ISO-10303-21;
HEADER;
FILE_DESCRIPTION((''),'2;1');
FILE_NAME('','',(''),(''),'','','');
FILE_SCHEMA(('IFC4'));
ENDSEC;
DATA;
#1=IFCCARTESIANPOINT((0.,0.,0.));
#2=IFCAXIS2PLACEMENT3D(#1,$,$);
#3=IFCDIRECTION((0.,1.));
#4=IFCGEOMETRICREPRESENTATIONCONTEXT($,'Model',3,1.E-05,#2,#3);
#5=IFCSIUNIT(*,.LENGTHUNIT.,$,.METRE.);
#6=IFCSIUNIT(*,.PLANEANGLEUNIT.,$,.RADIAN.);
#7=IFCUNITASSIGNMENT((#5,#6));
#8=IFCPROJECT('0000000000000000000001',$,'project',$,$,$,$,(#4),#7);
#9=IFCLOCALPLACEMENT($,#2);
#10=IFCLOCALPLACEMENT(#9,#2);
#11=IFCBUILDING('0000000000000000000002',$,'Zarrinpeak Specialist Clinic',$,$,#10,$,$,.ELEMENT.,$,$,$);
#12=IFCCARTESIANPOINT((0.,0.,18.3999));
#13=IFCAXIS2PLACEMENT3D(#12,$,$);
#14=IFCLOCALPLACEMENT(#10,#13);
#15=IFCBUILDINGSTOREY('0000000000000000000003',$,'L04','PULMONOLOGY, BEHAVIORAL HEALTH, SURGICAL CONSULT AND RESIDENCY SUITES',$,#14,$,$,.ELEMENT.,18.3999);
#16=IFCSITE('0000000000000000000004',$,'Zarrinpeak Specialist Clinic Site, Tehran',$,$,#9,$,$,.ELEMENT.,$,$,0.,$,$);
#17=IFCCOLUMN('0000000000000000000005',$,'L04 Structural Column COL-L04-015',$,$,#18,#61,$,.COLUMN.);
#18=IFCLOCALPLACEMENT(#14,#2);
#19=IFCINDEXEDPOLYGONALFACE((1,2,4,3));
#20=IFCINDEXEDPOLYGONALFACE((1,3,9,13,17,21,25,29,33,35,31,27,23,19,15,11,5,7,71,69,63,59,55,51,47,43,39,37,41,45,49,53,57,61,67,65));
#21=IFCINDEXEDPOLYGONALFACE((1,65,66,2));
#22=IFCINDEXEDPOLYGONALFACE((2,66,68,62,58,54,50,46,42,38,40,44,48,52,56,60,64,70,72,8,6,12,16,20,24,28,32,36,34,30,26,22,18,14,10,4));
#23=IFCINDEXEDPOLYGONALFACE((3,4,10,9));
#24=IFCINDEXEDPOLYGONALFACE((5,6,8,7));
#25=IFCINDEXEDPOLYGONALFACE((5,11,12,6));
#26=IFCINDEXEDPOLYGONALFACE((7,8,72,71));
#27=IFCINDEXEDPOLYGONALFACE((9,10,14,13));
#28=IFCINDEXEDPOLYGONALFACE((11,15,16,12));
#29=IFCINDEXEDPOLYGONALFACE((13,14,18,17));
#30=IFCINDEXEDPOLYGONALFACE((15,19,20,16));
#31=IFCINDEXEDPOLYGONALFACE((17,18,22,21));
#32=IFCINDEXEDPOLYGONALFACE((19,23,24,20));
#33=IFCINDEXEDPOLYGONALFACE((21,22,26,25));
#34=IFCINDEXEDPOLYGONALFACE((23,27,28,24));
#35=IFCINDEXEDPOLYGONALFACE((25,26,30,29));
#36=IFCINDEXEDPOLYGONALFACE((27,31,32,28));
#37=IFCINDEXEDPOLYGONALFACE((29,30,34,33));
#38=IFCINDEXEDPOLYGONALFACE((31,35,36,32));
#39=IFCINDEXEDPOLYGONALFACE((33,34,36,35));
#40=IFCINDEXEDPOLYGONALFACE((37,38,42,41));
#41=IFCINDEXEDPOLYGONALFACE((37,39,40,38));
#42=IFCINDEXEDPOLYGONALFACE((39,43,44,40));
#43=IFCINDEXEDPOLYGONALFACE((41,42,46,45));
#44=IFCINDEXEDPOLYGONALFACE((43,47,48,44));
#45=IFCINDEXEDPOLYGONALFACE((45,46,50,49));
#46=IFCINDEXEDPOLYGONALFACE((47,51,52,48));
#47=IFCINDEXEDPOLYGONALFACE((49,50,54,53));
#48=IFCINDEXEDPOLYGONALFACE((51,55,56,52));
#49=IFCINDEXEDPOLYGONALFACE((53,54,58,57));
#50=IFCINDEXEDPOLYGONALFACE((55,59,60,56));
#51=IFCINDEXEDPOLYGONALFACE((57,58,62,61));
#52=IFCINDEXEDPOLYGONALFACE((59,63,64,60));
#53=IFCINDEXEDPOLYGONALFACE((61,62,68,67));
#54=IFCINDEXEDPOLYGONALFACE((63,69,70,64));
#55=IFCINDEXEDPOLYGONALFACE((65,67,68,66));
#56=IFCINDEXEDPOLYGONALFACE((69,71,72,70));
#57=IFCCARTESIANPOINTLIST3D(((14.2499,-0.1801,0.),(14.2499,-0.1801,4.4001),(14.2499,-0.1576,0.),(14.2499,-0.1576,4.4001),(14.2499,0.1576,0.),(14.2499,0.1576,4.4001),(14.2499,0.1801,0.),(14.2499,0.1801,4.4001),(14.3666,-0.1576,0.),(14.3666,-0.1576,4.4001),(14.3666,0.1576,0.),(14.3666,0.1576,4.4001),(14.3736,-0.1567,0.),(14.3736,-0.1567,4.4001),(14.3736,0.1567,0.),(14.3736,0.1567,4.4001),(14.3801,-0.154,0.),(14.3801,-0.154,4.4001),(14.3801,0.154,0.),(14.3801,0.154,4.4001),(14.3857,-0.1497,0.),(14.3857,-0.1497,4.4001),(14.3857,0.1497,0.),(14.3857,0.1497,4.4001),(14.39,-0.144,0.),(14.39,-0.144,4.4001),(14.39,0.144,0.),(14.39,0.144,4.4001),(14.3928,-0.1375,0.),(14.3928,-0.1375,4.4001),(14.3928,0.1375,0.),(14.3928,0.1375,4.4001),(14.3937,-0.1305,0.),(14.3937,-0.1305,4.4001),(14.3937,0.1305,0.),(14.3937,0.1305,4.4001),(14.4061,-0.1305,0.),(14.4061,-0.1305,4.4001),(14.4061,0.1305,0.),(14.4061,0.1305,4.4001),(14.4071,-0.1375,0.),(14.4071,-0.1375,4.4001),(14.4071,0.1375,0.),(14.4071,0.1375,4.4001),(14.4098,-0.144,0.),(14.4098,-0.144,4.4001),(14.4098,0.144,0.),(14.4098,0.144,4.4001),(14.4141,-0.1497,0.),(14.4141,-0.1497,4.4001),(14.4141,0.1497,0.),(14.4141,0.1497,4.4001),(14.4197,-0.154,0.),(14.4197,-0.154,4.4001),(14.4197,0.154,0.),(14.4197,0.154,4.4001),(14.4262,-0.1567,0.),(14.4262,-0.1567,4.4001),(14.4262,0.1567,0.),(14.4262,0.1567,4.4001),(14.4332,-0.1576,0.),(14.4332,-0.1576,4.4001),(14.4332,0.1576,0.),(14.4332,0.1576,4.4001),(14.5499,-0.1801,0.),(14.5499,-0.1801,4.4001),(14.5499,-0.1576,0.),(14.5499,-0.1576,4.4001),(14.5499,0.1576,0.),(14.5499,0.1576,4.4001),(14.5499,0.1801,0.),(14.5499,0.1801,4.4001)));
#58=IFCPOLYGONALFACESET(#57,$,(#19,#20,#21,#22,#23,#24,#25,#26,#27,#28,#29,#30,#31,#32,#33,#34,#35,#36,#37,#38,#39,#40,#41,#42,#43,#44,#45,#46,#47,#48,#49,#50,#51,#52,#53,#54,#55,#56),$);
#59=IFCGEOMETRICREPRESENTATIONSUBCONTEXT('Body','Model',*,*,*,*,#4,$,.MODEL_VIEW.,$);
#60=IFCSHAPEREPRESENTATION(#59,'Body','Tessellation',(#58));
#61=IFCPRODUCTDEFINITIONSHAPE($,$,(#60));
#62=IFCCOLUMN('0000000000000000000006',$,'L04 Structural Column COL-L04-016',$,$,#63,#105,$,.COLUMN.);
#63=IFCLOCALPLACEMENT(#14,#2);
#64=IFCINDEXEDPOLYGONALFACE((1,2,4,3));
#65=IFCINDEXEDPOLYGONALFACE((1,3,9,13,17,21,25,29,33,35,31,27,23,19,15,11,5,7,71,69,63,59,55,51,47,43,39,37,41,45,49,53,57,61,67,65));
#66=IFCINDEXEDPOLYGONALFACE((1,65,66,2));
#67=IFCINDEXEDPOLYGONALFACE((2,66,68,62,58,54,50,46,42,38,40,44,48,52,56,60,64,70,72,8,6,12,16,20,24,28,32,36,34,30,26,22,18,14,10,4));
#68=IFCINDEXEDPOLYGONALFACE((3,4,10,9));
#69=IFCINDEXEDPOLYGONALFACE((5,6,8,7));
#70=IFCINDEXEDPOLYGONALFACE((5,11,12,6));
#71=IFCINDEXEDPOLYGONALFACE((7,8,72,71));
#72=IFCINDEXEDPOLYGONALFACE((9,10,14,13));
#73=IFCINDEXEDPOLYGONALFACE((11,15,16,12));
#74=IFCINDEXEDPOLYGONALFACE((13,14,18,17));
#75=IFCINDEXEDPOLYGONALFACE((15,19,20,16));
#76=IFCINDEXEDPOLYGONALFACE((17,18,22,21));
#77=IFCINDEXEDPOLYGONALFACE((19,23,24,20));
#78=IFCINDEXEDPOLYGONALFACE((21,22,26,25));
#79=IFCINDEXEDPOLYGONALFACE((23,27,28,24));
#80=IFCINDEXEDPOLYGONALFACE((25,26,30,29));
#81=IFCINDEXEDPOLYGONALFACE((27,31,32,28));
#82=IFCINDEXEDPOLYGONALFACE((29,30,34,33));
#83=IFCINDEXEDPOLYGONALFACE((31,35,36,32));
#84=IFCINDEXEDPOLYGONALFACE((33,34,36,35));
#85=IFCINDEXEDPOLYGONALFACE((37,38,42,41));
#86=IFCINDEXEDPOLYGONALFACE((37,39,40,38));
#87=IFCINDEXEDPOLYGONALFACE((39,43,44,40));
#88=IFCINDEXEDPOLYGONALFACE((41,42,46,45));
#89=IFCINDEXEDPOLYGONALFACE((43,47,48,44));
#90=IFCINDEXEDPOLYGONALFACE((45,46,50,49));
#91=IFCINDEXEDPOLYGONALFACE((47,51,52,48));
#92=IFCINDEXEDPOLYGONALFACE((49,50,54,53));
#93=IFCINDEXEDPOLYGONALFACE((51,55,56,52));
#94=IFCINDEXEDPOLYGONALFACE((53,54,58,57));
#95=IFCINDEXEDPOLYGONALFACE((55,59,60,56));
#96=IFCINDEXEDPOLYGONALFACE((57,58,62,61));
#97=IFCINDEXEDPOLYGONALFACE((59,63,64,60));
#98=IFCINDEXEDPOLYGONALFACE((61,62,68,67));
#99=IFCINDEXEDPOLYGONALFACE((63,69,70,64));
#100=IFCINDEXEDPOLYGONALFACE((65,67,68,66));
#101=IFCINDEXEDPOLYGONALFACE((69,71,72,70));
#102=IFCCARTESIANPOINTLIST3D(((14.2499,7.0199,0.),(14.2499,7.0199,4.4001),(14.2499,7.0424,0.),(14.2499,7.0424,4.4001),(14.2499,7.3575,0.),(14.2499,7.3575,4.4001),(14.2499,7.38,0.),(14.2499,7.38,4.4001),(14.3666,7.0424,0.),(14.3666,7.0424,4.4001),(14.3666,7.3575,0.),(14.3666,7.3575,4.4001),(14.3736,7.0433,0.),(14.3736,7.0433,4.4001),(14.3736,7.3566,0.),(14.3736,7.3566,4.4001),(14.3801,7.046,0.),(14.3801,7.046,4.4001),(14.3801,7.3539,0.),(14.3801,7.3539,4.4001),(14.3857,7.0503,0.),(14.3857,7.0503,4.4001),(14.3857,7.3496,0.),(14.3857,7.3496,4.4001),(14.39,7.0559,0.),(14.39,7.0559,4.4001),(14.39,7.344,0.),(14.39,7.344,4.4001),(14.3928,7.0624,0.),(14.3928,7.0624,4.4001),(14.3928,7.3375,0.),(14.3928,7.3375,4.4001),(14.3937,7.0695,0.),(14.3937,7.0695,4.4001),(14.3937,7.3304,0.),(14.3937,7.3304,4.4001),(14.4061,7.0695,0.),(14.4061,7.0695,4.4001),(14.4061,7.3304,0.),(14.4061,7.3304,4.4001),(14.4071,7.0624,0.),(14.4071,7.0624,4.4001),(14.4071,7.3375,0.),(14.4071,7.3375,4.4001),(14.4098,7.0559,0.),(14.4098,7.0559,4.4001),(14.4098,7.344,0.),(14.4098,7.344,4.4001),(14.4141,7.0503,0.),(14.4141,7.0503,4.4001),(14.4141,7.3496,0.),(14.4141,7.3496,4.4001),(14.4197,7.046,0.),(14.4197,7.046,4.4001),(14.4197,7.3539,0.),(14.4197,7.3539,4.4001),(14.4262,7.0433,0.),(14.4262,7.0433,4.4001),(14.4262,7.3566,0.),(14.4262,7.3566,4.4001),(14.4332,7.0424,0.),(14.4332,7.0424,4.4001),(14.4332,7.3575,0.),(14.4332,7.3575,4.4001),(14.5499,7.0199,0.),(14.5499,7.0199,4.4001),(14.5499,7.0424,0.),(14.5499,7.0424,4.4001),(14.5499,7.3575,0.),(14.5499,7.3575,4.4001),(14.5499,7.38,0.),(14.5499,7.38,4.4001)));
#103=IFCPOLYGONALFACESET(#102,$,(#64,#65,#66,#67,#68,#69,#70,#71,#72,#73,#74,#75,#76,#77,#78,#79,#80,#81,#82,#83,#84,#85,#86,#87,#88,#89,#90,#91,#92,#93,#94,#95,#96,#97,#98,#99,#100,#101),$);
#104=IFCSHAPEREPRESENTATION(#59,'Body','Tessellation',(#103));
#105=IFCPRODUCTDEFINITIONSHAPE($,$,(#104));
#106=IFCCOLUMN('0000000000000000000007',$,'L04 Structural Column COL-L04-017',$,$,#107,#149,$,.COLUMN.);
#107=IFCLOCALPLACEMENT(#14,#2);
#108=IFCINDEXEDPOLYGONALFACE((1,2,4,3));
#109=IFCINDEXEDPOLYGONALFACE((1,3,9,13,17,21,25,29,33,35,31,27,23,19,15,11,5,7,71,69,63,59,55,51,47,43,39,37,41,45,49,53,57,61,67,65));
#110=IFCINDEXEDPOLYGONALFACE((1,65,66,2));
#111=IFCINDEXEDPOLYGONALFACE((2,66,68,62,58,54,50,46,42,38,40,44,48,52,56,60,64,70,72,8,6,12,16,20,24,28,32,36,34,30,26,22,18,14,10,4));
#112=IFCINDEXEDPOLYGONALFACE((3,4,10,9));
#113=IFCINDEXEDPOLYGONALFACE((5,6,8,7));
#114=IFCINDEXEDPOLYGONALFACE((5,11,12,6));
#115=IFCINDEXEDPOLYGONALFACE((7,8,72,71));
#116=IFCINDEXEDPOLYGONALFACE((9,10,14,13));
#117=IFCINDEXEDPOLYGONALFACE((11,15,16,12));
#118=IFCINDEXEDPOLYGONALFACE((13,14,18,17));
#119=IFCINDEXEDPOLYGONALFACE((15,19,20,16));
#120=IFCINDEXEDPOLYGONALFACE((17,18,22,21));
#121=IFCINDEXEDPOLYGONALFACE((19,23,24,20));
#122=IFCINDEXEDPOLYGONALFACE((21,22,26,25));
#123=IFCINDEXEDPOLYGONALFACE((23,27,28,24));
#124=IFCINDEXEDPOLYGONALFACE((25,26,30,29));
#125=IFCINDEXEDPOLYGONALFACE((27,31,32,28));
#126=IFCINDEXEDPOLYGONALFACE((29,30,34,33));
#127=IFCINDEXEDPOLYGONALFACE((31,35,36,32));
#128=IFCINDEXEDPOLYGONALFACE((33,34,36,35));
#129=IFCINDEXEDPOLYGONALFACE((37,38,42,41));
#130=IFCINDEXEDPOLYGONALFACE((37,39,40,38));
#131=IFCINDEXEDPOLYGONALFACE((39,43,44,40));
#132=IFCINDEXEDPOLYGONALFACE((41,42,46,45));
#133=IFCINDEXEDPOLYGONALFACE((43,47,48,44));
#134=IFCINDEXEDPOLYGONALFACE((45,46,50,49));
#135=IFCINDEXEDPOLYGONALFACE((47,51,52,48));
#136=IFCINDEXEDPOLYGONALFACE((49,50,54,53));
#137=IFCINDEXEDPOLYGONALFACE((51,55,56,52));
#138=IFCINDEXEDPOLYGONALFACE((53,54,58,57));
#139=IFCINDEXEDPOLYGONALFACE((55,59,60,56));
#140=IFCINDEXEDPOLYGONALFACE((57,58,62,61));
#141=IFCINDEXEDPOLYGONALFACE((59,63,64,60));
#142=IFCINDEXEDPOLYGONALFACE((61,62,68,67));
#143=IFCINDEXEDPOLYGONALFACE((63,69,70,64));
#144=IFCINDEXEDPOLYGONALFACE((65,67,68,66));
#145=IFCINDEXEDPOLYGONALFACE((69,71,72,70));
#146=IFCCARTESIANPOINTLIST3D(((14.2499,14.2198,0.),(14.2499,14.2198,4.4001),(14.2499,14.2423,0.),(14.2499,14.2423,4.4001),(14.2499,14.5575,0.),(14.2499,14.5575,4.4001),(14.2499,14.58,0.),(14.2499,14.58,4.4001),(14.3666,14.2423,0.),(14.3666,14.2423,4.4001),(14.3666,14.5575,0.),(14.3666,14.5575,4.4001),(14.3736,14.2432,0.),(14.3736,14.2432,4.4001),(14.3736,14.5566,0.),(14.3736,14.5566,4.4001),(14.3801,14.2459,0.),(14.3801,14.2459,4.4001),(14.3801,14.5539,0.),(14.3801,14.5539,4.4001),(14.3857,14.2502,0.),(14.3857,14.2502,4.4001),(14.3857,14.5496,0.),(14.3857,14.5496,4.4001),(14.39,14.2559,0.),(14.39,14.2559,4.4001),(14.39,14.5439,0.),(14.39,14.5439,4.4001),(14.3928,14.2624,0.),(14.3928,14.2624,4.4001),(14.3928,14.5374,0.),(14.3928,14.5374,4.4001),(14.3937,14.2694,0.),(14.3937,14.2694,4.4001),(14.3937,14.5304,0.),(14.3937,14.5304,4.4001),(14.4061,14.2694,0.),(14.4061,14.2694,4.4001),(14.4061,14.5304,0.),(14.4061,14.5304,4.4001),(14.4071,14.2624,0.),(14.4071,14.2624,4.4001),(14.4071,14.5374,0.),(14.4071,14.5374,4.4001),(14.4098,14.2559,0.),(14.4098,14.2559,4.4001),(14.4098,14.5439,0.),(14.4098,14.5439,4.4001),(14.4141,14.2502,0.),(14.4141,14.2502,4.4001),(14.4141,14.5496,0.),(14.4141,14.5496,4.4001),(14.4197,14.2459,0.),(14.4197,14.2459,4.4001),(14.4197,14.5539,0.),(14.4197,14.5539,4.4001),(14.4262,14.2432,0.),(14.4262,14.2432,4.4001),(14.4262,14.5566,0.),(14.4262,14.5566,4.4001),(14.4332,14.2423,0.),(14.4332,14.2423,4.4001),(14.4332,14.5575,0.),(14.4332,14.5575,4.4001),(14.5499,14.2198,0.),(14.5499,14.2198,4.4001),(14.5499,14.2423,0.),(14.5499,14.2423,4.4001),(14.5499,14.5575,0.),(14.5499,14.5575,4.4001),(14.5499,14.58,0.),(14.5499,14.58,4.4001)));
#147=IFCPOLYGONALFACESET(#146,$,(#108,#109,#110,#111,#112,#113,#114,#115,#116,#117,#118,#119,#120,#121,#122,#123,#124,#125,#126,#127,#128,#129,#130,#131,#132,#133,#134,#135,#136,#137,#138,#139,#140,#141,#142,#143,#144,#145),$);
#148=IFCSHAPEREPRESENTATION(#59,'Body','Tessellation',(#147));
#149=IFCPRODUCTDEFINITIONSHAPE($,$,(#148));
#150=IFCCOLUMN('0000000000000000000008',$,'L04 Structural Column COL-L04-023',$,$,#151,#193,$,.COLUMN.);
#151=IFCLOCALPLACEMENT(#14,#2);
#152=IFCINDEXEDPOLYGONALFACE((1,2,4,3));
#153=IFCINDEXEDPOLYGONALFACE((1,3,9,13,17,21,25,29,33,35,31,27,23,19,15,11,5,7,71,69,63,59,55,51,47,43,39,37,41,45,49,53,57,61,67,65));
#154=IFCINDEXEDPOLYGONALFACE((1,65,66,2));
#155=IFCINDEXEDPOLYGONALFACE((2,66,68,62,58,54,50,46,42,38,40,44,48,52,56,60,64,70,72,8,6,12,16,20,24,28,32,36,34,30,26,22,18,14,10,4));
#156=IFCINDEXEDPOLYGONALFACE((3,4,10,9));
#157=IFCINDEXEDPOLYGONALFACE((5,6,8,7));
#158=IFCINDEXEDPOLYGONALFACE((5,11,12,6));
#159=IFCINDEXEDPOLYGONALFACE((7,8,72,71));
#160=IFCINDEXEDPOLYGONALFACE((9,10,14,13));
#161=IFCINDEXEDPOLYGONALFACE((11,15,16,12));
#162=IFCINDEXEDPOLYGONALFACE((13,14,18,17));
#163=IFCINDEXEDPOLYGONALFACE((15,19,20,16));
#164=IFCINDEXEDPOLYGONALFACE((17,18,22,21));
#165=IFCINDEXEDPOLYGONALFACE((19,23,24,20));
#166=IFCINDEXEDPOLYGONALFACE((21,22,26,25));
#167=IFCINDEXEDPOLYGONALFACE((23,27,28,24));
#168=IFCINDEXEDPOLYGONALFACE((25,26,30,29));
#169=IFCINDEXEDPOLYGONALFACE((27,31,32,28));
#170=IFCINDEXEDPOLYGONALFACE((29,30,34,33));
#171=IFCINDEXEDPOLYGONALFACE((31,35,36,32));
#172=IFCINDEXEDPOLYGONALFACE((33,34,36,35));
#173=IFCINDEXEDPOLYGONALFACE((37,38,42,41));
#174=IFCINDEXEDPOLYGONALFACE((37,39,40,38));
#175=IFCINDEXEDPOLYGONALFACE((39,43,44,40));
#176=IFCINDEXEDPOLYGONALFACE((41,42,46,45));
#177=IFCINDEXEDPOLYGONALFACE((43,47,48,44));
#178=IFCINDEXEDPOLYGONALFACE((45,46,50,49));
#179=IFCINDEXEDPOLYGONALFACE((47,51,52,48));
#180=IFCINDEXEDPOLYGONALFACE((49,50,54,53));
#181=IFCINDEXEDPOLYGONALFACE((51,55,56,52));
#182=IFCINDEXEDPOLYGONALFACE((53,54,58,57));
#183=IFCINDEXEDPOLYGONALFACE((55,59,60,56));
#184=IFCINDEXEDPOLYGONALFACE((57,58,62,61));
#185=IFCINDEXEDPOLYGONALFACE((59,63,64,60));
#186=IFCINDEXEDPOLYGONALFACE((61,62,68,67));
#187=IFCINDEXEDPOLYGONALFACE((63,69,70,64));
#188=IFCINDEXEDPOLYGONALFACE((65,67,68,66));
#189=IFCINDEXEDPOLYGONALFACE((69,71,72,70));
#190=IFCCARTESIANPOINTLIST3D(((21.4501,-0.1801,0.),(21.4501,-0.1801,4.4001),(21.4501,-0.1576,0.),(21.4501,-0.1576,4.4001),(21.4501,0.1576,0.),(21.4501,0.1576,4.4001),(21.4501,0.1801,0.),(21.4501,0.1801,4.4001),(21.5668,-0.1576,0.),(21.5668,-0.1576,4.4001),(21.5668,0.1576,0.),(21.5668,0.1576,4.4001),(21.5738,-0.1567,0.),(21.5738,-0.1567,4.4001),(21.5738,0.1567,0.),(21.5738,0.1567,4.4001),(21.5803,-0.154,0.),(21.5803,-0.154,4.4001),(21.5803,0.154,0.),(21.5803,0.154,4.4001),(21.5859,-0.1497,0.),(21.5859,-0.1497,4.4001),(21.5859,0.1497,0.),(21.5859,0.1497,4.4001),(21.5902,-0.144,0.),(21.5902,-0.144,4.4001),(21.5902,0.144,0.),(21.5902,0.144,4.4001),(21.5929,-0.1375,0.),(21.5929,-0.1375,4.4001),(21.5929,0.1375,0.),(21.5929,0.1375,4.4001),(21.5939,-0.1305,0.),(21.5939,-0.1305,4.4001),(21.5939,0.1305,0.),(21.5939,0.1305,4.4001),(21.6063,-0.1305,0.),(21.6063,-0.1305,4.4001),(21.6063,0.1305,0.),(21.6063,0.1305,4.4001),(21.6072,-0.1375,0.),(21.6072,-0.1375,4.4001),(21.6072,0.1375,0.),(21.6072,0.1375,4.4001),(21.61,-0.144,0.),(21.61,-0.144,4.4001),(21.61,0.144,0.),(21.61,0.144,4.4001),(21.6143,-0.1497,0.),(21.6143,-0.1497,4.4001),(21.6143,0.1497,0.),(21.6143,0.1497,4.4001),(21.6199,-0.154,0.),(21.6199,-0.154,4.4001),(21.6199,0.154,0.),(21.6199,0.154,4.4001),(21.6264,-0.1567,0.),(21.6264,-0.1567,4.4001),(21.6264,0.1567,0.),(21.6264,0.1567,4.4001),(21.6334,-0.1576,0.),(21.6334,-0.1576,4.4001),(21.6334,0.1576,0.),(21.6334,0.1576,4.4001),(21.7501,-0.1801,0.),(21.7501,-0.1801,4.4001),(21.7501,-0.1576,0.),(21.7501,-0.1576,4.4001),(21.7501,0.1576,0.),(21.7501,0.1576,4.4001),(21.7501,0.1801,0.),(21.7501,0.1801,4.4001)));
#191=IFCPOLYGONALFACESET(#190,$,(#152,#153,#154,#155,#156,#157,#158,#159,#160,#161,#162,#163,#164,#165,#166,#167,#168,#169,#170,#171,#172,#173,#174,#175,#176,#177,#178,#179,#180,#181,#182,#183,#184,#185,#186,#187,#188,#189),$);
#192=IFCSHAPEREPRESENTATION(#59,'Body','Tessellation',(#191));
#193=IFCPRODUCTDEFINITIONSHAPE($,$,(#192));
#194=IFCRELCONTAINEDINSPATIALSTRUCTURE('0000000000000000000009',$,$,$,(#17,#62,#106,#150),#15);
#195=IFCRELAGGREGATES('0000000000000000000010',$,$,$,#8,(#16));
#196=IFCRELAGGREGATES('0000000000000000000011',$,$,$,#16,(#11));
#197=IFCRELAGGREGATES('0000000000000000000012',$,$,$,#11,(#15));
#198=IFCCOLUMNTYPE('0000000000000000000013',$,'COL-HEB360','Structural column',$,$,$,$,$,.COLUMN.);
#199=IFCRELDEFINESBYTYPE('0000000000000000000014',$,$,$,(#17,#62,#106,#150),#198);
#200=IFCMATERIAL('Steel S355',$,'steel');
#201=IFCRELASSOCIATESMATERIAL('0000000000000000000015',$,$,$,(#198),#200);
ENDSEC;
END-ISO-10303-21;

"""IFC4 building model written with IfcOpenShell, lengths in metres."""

from ifc_helpers import new_model, si_unit, direction, frame, origin, origin_2d, place, context, subcontext, project, spatial, i_section, extrude, material, material_profile, profile_set, type_object, element, save


model = new_model("IFC4")

# Units and contexts
model_context = context("Model", 3, precision=1e-05, world=origin(), true_north=direction((0.0, 1.0)))
body_context = subcontext(model_context, "Body", "Model", "MODEL_VIEW")
ifc_project = project(units=[si_unit("LENGTHUNIT", "METRE"), si_unit("PLANEANGLEUNIT", "RADIAN")], contexts=[model_context])

# Site, building, storey
site_placement = place(None, origin())
site = spatial("IfcSite", under=ifc_project, at=site_placement, Name="Zarrinpeak Specialist Clinic Site, Tehran", CompositionType="ELEMENT", RefElevation=0.0)
building_placement = place(site_placement, origin())
building = spatial("IfcBuilding", under=site, at=building_placement, Name="Zarrinpeak Specialist Clinic", CompositionType="ELEMENT")
storey_placement = place(building_placement, frame((0.0, 0.0, 18.3999)))
storey = spatial("IfcBuildingStorey", under=building, at=storey_placement, Name="L04", Description="PULMONOLOGY, BEHAVIORAL HEALTH, SURGICAL CONSULT AND RESIDENCY SUITES", CompositionType="ELEMENT", Elevation=18.3999)

# Columns
ifc_material_1 = material(Name="Steel S355", Category="steel")
ifc_material_profile_1 = material_profile(ifc_material_1, i_section(OverallWidth=0.3, OverallDepth=0.3601, WebThickness=0.0125, FlangeThickness=0.0225, FilletRadius=0.0271, at=origin_2d()), Name="HEB 360")
ifc_profile_set_1 = profile_set([ifc_material_profile_1], Name="Steel S355")
column_type = type_object("IfcColumnType", Name="COL-HEB360", Description="Structural column", PredefinedType="COLUMN", material=ifc_profile_set_1)
for number, where, z_axis, x_axis, name in (
    (1, (14.3999, 0.0, 0.0), (0.0, 0.0, 1.0), (1.0, 0.0, 0.0), "L04 Structural Column COL-L04-015"),
    (2, (14.3999, 7.2, 0.0), (0.0, 0.0, 1.0), (1.0, 0.0, 0.0), "L04 Structural Column COL-L04-016"),
    (3, (14.3999, 14.3999, 0.0), (0.0, 0.0, 1.0), (1.0, 0.0, 0.0), "L04 Structural Column COL-L04-017"),
    (4, (21.6001, 0.0, 0.0), (0.0, 0.0, 1.0), (1.0, 0.0, 0.0), "L04 Structural Column COL-L04-023"),
):
    element("IfcColumn", number, at=place(storey_placement, frame(where, z_axis=z_axis, x_axis=x_axis)), inside=storey, type_object=column_type, Name=name, PredefinedType="COLUMN", context=body_context, shape_type="SweptSolid", body=[
        extrude(i_section(OverallWidth=0.3, OverallDepth=0.3601, WebThickness=0.0125, FlangeThickness=0.0225, FilletRadius=0.0271, at=origin_2d()), origin(), (0.0, 0.0, 1.0), 4.4001),
    ])

save(model, "model.ifc")
